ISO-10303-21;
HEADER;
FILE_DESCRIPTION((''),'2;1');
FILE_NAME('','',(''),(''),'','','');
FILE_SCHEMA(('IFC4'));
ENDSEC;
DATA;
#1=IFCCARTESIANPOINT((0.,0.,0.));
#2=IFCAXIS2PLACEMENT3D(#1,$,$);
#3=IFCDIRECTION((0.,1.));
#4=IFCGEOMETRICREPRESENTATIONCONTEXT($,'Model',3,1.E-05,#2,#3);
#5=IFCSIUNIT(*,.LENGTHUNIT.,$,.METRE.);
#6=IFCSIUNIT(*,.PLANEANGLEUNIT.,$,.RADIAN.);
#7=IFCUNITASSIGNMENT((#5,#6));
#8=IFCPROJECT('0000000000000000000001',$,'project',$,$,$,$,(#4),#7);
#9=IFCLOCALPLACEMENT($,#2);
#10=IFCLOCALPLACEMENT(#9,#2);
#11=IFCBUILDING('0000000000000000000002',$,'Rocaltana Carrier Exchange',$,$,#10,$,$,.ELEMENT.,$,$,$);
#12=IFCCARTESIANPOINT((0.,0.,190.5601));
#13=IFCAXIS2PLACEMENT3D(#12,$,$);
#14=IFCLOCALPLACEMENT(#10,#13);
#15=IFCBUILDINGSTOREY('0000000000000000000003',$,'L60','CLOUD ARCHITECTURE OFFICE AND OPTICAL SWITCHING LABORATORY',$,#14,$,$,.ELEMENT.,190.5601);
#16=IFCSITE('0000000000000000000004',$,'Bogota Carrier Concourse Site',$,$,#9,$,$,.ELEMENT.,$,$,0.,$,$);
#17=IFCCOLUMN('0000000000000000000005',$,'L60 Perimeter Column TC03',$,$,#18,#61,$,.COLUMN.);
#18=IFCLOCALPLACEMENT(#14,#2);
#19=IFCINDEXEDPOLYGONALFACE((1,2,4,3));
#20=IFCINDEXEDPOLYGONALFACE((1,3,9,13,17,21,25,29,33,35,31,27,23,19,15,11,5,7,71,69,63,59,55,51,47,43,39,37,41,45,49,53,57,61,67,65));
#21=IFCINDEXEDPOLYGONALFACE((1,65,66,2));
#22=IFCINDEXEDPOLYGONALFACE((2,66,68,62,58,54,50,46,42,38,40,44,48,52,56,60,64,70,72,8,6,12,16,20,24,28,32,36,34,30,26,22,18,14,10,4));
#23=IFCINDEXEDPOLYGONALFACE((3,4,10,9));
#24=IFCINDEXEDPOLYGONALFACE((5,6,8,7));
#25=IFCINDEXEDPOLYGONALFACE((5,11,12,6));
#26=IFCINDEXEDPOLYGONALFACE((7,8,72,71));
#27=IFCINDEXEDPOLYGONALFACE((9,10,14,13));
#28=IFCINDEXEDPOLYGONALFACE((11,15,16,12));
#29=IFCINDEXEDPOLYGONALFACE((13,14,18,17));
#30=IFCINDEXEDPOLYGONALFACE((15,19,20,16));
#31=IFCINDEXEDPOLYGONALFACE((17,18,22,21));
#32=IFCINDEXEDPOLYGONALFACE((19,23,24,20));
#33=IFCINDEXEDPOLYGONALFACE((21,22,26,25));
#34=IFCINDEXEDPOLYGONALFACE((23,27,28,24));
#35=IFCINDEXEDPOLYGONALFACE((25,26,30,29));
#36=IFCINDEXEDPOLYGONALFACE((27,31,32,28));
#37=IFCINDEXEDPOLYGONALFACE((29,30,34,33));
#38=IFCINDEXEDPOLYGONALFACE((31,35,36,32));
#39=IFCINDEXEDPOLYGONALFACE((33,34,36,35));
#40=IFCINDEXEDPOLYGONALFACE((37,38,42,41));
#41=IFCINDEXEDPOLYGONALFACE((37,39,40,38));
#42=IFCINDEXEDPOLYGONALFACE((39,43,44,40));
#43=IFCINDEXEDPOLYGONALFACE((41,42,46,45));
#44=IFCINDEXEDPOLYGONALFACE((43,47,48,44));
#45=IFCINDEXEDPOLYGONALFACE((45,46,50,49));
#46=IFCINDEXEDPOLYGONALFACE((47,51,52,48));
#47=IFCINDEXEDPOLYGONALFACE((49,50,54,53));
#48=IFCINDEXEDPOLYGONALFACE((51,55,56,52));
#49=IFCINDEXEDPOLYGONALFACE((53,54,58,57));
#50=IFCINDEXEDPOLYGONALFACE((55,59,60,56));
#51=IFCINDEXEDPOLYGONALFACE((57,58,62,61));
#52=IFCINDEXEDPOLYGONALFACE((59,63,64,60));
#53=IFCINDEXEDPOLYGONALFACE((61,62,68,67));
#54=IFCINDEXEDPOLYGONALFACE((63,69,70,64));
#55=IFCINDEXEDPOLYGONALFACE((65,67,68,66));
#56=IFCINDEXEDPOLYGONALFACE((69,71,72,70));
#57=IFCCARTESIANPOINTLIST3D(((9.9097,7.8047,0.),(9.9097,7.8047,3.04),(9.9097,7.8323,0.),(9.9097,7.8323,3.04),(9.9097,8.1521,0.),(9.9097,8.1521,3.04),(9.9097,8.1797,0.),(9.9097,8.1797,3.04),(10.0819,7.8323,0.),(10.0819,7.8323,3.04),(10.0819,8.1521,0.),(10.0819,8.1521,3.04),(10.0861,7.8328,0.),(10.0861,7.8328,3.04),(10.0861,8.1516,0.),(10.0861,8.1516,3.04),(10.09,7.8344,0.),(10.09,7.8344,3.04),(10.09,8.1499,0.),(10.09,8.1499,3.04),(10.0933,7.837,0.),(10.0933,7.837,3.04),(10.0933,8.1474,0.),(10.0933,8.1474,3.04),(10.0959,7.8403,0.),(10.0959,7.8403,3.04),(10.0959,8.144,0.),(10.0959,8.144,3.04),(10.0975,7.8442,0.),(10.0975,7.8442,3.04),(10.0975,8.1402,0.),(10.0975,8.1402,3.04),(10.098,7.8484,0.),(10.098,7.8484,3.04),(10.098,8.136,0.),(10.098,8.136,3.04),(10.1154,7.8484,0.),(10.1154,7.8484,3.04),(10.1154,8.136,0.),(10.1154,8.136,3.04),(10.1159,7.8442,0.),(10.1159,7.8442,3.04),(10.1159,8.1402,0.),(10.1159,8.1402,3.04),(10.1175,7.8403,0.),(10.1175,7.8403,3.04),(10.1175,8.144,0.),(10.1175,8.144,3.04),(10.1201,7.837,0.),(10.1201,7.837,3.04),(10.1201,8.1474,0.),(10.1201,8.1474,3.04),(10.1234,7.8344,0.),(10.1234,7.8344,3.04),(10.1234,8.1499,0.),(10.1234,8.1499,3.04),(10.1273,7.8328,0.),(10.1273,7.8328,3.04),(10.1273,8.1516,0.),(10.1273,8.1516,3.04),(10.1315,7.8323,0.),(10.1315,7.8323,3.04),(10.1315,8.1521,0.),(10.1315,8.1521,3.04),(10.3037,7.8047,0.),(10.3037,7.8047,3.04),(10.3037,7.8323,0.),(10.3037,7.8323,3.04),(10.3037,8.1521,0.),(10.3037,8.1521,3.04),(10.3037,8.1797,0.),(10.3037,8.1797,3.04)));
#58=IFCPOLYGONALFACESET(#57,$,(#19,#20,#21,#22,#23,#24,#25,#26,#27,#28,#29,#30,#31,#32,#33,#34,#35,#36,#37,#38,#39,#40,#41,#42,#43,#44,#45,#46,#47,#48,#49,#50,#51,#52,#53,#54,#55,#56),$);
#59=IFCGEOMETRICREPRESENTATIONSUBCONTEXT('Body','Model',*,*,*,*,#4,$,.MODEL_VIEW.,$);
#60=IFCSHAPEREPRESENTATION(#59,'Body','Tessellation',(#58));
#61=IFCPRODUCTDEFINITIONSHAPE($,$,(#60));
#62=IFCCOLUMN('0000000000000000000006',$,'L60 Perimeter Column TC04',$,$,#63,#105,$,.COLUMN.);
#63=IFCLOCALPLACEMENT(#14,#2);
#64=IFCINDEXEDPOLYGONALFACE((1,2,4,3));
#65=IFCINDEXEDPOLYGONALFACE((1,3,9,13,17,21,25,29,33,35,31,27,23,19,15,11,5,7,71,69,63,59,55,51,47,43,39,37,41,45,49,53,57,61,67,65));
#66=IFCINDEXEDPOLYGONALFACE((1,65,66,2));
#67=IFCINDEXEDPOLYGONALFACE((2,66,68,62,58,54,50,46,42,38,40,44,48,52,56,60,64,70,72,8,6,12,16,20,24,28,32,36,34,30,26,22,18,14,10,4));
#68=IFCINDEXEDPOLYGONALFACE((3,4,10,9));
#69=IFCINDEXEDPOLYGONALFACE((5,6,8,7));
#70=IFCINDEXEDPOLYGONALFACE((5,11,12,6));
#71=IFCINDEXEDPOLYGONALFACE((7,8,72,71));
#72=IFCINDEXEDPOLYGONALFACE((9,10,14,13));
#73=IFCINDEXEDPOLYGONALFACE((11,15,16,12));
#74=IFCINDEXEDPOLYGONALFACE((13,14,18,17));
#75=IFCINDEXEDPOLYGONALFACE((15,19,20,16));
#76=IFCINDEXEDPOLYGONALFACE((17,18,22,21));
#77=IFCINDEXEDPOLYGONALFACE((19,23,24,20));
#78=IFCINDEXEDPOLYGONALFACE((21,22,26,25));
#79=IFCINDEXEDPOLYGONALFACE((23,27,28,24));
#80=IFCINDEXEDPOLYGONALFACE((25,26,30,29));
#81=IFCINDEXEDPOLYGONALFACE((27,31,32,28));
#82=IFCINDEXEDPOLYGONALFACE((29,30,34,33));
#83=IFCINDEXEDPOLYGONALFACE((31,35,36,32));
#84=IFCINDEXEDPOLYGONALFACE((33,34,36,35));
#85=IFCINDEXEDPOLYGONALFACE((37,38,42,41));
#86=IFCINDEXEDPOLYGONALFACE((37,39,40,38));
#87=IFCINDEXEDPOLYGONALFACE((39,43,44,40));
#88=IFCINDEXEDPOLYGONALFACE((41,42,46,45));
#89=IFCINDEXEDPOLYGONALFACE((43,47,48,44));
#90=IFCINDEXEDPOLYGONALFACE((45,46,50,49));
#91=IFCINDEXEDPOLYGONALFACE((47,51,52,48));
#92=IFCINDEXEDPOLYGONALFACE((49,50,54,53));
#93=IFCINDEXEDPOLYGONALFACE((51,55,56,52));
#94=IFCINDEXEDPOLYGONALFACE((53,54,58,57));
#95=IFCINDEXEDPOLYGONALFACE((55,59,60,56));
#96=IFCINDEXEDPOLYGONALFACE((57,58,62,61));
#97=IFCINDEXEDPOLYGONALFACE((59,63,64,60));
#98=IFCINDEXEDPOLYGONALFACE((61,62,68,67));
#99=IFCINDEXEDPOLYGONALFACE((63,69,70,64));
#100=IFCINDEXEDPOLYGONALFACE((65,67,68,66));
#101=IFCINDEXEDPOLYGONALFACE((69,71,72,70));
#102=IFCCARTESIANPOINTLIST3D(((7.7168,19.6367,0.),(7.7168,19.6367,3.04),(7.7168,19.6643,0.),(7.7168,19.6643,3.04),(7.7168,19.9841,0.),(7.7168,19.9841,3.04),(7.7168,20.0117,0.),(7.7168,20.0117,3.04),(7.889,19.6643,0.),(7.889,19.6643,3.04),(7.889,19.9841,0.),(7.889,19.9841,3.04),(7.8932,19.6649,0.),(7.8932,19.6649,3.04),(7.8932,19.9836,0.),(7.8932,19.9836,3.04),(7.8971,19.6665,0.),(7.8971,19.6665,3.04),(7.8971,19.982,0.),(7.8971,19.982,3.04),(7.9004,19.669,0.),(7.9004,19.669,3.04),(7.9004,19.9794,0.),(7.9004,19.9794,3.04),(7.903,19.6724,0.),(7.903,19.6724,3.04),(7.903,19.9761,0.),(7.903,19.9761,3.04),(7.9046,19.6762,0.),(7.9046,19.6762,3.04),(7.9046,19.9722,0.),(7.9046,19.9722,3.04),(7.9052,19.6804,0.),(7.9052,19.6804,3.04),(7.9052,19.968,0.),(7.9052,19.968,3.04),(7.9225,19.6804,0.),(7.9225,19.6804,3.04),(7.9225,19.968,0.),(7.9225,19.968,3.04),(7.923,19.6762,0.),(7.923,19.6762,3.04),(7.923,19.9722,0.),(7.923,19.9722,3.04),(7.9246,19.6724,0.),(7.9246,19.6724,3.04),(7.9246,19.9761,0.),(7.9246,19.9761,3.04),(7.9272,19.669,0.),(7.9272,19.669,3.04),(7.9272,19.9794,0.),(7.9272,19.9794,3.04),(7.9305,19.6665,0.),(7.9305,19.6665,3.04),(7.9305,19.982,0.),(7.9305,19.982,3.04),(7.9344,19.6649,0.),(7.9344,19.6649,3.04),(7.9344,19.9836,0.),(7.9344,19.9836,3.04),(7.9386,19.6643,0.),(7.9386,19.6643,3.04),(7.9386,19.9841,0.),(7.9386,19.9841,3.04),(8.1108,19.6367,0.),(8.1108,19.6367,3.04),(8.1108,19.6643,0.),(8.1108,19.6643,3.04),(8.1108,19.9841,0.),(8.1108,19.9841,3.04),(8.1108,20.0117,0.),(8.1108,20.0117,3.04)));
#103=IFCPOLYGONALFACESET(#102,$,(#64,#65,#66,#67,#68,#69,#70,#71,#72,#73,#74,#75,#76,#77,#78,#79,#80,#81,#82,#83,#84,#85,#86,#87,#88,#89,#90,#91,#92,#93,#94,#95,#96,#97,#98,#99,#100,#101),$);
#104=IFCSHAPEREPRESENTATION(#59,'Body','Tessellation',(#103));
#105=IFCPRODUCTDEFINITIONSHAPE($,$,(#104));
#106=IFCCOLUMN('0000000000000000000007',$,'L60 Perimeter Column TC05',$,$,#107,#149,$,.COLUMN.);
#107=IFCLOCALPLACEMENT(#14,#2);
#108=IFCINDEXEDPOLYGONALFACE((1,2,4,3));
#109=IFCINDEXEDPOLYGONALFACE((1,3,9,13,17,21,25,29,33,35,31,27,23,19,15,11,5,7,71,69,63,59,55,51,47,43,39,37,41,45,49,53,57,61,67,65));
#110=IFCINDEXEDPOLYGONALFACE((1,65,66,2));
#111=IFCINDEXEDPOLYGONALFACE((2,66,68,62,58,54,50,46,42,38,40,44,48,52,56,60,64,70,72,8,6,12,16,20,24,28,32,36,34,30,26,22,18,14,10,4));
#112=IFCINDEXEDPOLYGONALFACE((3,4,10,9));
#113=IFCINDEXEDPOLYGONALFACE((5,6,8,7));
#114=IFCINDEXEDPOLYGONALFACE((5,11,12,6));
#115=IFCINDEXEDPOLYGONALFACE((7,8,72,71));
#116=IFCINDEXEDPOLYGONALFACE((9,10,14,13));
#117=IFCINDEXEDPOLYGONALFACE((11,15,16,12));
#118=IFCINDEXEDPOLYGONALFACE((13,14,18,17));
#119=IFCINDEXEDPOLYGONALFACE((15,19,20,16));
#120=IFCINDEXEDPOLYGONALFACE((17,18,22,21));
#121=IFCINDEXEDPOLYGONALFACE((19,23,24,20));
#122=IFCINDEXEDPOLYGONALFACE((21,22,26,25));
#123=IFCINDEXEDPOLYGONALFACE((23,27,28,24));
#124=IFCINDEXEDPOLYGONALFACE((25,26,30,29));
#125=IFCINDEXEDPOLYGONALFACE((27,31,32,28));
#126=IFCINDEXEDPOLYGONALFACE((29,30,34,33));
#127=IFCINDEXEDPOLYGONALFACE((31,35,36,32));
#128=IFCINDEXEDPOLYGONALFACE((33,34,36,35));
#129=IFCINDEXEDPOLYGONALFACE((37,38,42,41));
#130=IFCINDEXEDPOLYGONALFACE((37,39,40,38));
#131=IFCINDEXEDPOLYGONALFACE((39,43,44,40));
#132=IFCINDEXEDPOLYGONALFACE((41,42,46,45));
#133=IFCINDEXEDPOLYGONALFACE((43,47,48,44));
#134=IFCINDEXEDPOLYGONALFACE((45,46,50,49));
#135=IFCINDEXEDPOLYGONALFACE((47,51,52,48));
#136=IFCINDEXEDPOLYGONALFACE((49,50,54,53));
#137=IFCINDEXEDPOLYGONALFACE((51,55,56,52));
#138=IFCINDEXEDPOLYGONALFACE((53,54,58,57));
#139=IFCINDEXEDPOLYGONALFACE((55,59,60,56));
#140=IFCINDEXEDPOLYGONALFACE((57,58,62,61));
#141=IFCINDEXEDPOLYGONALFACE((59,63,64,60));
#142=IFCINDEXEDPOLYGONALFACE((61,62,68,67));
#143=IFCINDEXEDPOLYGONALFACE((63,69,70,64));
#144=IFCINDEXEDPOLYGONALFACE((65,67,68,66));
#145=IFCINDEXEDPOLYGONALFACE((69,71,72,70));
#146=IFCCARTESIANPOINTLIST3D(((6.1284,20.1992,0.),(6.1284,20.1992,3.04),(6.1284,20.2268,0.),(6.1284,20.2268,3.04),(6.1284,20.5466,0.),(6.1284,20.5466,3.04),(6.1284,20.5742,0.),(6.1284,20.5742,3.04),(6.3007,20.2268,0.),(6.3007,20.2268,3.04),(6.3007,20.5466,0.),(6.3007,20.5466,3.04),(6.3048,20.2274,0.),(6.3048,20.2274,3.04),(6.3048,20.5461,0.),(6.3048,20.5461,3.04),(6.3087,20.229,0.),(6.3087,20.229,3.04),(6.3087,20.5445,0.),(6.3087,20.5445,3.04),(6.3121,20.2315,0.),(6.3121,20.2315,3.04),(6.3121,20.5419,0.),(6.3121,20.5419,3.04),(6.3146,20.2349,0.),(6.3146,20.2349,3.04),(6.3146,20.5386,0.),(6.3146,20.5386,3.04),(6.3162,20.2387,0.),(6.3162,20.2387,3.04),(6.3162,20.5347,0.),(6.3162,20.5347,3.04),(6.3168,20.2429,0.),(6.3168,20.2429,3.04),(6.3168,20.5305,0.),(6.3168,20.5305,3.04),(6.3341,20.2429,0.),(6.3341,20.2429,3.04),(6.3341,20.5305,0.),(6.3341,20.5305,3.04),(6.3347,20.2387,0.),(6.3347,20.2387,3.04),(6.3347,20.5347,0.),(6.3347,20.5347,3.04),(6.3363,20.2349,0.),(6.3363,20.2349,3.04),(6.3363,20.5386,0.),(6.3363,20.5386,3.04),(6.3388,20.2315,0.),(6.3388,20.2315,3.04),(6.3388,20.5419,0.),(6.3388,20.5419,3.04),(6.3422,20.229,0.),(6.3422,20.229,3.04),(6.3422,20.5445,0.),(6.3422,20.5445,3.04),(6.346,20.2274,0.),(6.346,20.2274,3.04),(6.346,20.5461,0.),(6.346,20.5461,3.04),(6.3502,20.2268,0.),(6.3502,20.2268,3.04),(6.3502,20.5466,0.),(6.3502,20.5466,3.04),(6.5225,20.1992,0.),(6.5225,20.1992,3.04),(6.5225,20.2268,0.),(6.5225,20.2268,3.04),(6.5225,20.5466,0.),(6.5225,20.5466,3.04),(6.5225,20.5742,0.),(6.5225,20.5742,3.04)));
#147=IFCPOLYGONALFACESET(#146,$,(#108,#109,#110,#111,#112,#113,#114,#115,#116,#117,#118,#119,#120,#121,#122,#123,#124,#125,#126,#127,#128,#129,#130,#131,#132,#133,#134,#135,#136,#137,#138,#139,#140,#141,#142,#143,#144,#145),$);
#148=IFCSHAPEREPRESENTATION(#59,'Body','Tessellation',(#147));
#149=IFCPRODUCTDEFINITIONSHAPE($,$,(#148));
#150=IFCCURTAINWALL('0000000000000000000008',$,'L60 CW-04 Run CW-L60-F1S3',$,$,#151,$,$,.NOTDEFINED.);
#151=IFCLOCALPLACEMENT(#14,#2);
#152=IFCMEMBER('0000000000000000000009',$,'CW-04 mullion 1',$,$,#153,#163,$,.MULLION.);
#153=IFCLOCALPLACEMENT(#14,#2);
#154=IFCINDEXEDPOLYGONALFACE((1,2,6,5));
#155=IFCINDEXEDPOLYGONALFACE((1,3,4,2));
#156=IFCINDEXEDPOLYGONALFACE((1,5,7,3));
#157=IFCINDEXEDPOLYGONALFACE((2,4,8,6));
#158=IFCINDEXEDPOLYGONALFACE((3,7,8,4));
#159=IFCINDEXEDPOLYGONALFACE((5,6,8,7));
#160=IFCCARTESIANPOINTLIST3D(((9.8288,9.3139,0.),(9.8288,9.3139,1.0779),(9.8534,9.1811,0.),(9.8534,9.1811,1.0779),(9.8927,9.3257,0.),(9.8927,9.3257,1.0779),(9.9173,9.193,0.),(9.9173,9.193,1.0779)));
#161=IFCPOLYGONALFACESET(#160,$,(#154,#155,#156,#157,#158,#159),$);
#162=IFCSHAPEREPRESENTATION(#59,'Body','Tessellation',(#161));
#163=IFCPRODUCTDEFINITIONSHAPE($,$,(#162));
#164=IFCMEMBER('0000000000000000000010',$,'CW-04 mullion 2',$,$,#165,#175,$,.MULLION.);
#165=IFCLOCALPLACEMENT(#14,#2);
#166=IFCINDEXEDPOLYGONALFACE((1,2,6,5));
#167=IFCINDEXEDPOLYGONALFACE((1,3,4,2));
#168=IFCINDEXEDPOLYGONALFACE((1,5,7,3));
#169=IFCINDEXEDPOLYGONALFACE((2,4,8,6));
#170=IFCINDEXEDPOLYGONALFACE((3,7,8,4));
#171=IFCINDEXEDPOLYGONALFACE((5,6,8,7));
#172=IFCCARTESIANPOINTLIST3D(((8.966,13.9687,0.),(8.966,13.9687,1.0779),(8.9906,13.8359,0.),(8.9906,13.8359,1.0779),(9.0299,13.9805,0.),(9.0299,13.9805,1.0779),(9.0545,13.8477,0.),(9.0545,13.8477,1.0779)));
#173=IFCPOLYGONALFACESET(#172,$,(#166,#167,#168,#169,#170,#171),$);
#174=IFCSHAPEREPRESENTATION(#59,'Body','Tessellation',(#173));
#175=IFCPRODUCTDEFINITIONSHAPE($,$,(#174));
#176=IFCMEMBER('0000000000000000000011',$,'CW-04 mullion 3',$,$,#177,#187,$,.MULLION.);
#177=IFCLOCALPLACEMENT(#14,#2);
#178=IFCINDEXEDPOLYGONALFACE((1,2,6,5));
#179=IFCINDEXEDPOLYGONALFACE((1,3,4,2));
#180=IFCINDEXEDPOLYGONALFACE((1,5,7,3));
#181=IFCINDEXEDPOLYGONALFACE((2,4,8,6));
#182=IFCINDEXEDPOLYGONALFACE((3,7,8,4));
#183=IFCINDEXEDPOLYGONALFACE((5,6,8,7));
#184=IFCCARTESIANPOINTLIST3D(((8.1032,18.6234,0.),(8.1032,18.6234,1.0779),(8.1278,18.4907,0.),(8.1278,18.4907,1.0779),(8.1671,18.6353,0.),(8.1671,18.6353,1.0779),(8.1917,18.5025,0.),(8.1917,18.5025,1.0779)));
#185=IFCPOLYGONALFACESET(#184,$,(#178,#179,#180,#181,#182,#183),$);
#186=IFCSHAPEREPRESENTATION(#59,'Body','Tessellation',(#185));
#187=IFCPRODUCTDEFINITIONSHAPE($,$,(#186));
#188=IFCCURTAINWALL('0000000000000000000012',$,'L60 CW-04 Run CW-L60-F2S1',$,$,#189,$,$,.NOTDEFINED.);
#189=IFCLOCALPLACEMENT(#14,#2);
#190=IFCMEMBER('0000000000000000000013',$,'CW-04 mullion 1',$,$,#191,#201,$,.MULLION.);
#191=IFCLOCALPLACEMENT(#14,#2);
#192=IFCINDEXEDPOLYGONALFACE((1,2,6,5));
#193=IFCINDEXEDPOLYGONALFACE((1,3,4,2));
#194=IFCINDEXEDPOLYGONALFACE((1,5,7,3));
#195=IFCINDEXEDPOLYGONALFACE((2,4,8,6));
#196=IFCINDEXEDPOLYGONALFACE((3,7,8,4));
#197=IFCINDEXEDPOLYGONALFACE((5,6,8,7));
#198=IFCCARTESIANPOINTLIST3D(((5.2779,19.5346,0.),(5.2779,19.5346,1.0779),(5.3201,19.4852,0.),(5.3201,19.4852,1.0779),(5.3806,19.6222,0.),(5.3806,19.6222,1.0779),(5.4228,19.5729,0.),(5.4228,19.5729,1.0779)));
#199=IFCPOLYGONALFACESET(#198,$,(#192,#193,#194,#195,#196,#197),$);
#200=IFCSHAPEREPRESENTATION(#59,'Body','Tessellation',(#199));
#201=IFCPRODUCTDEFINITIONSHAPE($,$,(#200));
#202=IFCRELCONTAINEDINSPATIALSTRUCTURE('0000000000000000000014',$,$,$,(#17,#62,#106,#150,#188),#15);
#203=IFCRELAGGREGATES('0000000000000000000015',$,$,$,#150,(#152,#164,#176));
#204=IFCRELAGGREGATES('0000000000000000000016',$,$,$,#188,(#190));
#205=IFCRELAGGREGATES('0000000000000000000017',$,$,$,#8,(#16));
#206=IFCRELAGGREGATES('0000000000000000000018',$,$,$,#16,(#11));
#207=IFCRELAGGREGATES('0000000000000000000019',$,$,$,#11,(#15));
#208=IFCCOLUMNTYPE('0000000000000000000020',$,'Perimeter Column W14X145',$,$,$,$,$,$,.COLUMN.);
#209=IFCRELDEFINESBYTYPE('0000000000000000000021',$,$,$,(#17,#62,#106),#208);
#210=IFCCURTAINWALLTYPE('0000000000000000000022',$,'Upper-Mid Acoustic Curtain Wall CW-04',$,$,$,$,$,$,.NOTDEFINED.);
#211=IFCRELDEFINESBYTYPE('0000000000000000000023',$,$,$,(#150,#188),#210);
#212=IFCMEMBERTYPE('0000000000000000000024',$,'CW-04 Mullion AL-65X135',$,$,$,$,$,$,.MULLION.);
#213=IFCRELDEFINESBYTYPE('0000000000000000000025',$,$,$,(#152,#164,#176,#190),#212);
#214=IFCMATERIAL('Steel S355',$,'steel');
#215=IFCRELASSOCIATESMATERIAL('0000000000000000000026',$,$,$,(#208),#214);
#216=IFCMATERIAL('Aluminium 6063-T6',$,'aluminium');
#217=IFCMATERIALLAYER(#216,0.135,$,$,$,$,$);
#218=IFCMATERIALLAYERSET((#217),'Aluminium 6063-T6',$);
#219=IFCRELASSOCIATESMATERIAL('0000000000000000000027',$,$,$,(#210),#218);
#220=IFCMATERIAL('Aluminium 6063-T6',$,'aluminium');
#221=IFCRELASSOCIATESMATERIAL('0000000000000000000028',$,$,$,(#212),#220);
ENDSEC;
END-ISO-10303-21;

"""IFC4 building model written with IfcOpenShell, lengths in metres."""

from ifc_helpers import new_model, si_unit, direction, frame, origin, origin_2d, place, context, subcontext, project, spatial, rectangle, i_section, extrude, material, layer, layer_set, material_profile, profile_set, type_object, element, aggregate, save


model = new_model("IFC4")

# Units and contexts
model_context = context("Model", 3, precision=1e-05, world=origin(), true_north=direction((0.0, 1.0)))
body_context = subcontext(model_context, "Body", "Model", "MODEL_VIEW")
ifc_project = project(units=[si_unit("LENGTHUNIT", "METRE"), si_unit("PLANEANGLEUNIT", "RADIAN")], contexts=[model_context])

# Site, building, storey
site_placement = place(None, origin())
site = spatial("IfcSite", under=ifc_project, at=site_placement, Name="Bogota Carrier Concourse Site", CompositionType="ELEMENT", RefElevation=0.0)
building_placement = place(site_placement, origin())
building = spatial("IfcBuilding", under=site, at=building_placement, Name="Rocaltana Carrier Exchange", CompositionType="ELEMENT")
storey_placement = place(building_placement, frame((0.0, 0.0, 190.5601)))
storey = spatial("IfcBuildingStorey", under=building, at=storey_placement, Name="L60", Description="CLOUD ARCHITECTURE OFFICE AND OPTICAL SWITCHING LABORATORY", CompositionType="ELEMENT", Elevation=190.5601)

# Columns
ifc_material_1 = material(Name="Steel S355", Category="steel")
ifc_material_profile_1 = material_profile(ifc_material_1, i_section(OverallWidth=0.394, OverallDepth=0.375, WebThickness=0.0173, FlangeThickness=0.0276, FilletRadius=0.0161, at=origin_2d()), Name="W14X145")
ifc_profile_set_1 = profile_set([ifc_material_profile_1], Name="Steel S355")
column_type = type_object("IfcColumnType", Name="Perimeter Column W14X145", PredefinedType="COLUMN", material=ifc_profile_set_1)
for number, where, z_axis, x_axis, name in (
    (1, (10.1067, 7.9922, 0.0), (0.0, 0.0, 1.0), (1.0, 0.0, 0.0), "L60 Perimeter Column TC03"),
    (2, (7.9138, 19.8242, 0.0), (0.0, 0.0, 1.0), (1.0, 0.0, 0.0), "L60 Perimeter Column TC04"),
    (3, (6.3254, 20.3867, 0.0), (0.0, 0.0, 1.0), (1.0, 0.0, 0.0), "L60 Perimeter Column TC05"),
):
    element("IfcColumn", number, at=place(storey_placement, frame(where, z_axis=z_axis, x_axis=x_axis)), inside=storey, type_object=column_type, Name=name, PredefinedType="COLUMN", context=body_context, shape_type="SweptSolid", body=[
        extrude(i_section(OverallWidth=0.394, OverallDepth=0.375, WebThickness=0.0173, FlangeThickness=0.0276, FilletRadius=0.0161, at=origin_2d()), origin(), (0.0, 0.0, 1.0), 3.04),
    ])

# Curtain walls, members
ifc_material_2 = material(Name="Aluminium 6063-T6", Category="aluminium")
ifc_layer_1 = layer(ifc_material_2, 0.135)
ifc_layer_set_1 = layer_set([ifc_layer_1], Name="Aluminium 6063-T6")
curtain_wall_type = type_object("IfcCurtainWallType", Name="Upper-Mid Acoustic Curtain Wall CW-04", PredefinedType="NOTDEFINED", material=ifc_layer_set_1)
curtain_wall_1_placement = place(storey_placement, origin())
curtain_wall_1 = element("IfcCurtainWall", 4, at=curtain_wall_1_placement, inside=storey, type_object=curtain_wall_type, Name="L60 CW-04 Run CW-L60-F1S3", PredefinedType="NOTDEFINED")
ifc_material_3 = material(Name="Aluminium 6063-T6", Category="aluminium")
ifc_material_profile_2 = material_profile(ifc_material_3, rectangle(XDim=0.0649, YDim=0.135, at=origin_2d()), Name="AL-65X135")
ifc_profile_set_2 = profile_set([ifc_material_profile_2], Name="Aluminium 6063-T6")
member_type_1 = type_object("IfcMemberType", Name="CW-04 Mullion AL-65X135", PredefinedType="MULLION", material=ifc_profile_set_2)
member_1_placement = place(storey_placement, frame((9.873, 9.2534, 0.0), z_axis=(0.0, 0.0, 1.0), x_axis=(-0.983255, -0.182236, 0.0)))
member_1 = element("IfcMember", 5, at=member_1_placement, type_object=member_type_1, Name="CW-04 mullion 1", PredefinedType="MULLION", context=body_context, shape_type="SweptSolid", body=[
    extrude(rectangle(XDim=0.0649, YDim=0.135, at=origin_2d()), origin(), (0.0, 0.0, 1.0), 1.0779),
])
member_2_placement = place(storey_placement, frame((9.0103, 13.9082, 0.0), z_axis=(0.0, 0.0, 1.0), x_axis=(-0.983255, -0.182236, 0.0)))
member_2 = element("IfcMember", 6, at=member_2_placement, type_object=member_type_1, Name="CW-04 mullion 2", PredefinedType="MULLION", context=body_context, shape_type="SweptSolid", body=[
    extrude(rectangle(XDim=0.0649, YDim=0.135, at=origin_2d()), origin(), (0.0, 0.0, 1.0), 1.0779),
])
member_3_placement = place(storey_placement, frame((8.1475, 18.563, 0.0), z_axis=(0.0, 0.0, 1.0), x_axis=(-0.983255, -0.182236, 0.0)))
member_3 = element("IfcMember", 7, at=member_3_placement, type_object=member_type_1, Name="CW-04 mullion 3", PredefinedType="MULLION", context=body_context, shape_type="SweptSolid", body=[
    extrude(rectangle(XDim=0.0649, YDim=0.135, at=origin_2d()), origin(), (0.0, 0.0, 1.0), 1.0779),
])
curtain_wall_2_placement = place(storey_placement, origin())
curtain_wall_2 = element("IfcCurtainWall", 8, at=curtain_wall_2_placement, inside=storey, type_object=curtain_wall_type, Name="L60 CW-04 Run CW-L60-F2S1", PredefinedType="NOTDEFINED")
member_4_placement = place(storey_placement, frame((5.3503, 19.5537, 0.0), z_axis=(0.0, 0.0, 1.0), x_axis=(0.649448, -0.760406, 0.0)))
member_4 = element("IfcMember", 9, at=member_4_placement, type_object=member_type_1, Name="CW-04 mullion 1", PredefinedType="MULLION", context=body_context, shape_type="SweptSolid", body=[
    extrude(rectangle(XDim=0.0649, YDim=0.135, at=origin_2d()), origin(), (0.0, 0.0, 1.0), 1.0779),
])

aggregate(curtain_wall_1, [member_1, member_2, member_3])
aggregate(curtain_wall_2, [member_4])

save(model, "model.ifc")
